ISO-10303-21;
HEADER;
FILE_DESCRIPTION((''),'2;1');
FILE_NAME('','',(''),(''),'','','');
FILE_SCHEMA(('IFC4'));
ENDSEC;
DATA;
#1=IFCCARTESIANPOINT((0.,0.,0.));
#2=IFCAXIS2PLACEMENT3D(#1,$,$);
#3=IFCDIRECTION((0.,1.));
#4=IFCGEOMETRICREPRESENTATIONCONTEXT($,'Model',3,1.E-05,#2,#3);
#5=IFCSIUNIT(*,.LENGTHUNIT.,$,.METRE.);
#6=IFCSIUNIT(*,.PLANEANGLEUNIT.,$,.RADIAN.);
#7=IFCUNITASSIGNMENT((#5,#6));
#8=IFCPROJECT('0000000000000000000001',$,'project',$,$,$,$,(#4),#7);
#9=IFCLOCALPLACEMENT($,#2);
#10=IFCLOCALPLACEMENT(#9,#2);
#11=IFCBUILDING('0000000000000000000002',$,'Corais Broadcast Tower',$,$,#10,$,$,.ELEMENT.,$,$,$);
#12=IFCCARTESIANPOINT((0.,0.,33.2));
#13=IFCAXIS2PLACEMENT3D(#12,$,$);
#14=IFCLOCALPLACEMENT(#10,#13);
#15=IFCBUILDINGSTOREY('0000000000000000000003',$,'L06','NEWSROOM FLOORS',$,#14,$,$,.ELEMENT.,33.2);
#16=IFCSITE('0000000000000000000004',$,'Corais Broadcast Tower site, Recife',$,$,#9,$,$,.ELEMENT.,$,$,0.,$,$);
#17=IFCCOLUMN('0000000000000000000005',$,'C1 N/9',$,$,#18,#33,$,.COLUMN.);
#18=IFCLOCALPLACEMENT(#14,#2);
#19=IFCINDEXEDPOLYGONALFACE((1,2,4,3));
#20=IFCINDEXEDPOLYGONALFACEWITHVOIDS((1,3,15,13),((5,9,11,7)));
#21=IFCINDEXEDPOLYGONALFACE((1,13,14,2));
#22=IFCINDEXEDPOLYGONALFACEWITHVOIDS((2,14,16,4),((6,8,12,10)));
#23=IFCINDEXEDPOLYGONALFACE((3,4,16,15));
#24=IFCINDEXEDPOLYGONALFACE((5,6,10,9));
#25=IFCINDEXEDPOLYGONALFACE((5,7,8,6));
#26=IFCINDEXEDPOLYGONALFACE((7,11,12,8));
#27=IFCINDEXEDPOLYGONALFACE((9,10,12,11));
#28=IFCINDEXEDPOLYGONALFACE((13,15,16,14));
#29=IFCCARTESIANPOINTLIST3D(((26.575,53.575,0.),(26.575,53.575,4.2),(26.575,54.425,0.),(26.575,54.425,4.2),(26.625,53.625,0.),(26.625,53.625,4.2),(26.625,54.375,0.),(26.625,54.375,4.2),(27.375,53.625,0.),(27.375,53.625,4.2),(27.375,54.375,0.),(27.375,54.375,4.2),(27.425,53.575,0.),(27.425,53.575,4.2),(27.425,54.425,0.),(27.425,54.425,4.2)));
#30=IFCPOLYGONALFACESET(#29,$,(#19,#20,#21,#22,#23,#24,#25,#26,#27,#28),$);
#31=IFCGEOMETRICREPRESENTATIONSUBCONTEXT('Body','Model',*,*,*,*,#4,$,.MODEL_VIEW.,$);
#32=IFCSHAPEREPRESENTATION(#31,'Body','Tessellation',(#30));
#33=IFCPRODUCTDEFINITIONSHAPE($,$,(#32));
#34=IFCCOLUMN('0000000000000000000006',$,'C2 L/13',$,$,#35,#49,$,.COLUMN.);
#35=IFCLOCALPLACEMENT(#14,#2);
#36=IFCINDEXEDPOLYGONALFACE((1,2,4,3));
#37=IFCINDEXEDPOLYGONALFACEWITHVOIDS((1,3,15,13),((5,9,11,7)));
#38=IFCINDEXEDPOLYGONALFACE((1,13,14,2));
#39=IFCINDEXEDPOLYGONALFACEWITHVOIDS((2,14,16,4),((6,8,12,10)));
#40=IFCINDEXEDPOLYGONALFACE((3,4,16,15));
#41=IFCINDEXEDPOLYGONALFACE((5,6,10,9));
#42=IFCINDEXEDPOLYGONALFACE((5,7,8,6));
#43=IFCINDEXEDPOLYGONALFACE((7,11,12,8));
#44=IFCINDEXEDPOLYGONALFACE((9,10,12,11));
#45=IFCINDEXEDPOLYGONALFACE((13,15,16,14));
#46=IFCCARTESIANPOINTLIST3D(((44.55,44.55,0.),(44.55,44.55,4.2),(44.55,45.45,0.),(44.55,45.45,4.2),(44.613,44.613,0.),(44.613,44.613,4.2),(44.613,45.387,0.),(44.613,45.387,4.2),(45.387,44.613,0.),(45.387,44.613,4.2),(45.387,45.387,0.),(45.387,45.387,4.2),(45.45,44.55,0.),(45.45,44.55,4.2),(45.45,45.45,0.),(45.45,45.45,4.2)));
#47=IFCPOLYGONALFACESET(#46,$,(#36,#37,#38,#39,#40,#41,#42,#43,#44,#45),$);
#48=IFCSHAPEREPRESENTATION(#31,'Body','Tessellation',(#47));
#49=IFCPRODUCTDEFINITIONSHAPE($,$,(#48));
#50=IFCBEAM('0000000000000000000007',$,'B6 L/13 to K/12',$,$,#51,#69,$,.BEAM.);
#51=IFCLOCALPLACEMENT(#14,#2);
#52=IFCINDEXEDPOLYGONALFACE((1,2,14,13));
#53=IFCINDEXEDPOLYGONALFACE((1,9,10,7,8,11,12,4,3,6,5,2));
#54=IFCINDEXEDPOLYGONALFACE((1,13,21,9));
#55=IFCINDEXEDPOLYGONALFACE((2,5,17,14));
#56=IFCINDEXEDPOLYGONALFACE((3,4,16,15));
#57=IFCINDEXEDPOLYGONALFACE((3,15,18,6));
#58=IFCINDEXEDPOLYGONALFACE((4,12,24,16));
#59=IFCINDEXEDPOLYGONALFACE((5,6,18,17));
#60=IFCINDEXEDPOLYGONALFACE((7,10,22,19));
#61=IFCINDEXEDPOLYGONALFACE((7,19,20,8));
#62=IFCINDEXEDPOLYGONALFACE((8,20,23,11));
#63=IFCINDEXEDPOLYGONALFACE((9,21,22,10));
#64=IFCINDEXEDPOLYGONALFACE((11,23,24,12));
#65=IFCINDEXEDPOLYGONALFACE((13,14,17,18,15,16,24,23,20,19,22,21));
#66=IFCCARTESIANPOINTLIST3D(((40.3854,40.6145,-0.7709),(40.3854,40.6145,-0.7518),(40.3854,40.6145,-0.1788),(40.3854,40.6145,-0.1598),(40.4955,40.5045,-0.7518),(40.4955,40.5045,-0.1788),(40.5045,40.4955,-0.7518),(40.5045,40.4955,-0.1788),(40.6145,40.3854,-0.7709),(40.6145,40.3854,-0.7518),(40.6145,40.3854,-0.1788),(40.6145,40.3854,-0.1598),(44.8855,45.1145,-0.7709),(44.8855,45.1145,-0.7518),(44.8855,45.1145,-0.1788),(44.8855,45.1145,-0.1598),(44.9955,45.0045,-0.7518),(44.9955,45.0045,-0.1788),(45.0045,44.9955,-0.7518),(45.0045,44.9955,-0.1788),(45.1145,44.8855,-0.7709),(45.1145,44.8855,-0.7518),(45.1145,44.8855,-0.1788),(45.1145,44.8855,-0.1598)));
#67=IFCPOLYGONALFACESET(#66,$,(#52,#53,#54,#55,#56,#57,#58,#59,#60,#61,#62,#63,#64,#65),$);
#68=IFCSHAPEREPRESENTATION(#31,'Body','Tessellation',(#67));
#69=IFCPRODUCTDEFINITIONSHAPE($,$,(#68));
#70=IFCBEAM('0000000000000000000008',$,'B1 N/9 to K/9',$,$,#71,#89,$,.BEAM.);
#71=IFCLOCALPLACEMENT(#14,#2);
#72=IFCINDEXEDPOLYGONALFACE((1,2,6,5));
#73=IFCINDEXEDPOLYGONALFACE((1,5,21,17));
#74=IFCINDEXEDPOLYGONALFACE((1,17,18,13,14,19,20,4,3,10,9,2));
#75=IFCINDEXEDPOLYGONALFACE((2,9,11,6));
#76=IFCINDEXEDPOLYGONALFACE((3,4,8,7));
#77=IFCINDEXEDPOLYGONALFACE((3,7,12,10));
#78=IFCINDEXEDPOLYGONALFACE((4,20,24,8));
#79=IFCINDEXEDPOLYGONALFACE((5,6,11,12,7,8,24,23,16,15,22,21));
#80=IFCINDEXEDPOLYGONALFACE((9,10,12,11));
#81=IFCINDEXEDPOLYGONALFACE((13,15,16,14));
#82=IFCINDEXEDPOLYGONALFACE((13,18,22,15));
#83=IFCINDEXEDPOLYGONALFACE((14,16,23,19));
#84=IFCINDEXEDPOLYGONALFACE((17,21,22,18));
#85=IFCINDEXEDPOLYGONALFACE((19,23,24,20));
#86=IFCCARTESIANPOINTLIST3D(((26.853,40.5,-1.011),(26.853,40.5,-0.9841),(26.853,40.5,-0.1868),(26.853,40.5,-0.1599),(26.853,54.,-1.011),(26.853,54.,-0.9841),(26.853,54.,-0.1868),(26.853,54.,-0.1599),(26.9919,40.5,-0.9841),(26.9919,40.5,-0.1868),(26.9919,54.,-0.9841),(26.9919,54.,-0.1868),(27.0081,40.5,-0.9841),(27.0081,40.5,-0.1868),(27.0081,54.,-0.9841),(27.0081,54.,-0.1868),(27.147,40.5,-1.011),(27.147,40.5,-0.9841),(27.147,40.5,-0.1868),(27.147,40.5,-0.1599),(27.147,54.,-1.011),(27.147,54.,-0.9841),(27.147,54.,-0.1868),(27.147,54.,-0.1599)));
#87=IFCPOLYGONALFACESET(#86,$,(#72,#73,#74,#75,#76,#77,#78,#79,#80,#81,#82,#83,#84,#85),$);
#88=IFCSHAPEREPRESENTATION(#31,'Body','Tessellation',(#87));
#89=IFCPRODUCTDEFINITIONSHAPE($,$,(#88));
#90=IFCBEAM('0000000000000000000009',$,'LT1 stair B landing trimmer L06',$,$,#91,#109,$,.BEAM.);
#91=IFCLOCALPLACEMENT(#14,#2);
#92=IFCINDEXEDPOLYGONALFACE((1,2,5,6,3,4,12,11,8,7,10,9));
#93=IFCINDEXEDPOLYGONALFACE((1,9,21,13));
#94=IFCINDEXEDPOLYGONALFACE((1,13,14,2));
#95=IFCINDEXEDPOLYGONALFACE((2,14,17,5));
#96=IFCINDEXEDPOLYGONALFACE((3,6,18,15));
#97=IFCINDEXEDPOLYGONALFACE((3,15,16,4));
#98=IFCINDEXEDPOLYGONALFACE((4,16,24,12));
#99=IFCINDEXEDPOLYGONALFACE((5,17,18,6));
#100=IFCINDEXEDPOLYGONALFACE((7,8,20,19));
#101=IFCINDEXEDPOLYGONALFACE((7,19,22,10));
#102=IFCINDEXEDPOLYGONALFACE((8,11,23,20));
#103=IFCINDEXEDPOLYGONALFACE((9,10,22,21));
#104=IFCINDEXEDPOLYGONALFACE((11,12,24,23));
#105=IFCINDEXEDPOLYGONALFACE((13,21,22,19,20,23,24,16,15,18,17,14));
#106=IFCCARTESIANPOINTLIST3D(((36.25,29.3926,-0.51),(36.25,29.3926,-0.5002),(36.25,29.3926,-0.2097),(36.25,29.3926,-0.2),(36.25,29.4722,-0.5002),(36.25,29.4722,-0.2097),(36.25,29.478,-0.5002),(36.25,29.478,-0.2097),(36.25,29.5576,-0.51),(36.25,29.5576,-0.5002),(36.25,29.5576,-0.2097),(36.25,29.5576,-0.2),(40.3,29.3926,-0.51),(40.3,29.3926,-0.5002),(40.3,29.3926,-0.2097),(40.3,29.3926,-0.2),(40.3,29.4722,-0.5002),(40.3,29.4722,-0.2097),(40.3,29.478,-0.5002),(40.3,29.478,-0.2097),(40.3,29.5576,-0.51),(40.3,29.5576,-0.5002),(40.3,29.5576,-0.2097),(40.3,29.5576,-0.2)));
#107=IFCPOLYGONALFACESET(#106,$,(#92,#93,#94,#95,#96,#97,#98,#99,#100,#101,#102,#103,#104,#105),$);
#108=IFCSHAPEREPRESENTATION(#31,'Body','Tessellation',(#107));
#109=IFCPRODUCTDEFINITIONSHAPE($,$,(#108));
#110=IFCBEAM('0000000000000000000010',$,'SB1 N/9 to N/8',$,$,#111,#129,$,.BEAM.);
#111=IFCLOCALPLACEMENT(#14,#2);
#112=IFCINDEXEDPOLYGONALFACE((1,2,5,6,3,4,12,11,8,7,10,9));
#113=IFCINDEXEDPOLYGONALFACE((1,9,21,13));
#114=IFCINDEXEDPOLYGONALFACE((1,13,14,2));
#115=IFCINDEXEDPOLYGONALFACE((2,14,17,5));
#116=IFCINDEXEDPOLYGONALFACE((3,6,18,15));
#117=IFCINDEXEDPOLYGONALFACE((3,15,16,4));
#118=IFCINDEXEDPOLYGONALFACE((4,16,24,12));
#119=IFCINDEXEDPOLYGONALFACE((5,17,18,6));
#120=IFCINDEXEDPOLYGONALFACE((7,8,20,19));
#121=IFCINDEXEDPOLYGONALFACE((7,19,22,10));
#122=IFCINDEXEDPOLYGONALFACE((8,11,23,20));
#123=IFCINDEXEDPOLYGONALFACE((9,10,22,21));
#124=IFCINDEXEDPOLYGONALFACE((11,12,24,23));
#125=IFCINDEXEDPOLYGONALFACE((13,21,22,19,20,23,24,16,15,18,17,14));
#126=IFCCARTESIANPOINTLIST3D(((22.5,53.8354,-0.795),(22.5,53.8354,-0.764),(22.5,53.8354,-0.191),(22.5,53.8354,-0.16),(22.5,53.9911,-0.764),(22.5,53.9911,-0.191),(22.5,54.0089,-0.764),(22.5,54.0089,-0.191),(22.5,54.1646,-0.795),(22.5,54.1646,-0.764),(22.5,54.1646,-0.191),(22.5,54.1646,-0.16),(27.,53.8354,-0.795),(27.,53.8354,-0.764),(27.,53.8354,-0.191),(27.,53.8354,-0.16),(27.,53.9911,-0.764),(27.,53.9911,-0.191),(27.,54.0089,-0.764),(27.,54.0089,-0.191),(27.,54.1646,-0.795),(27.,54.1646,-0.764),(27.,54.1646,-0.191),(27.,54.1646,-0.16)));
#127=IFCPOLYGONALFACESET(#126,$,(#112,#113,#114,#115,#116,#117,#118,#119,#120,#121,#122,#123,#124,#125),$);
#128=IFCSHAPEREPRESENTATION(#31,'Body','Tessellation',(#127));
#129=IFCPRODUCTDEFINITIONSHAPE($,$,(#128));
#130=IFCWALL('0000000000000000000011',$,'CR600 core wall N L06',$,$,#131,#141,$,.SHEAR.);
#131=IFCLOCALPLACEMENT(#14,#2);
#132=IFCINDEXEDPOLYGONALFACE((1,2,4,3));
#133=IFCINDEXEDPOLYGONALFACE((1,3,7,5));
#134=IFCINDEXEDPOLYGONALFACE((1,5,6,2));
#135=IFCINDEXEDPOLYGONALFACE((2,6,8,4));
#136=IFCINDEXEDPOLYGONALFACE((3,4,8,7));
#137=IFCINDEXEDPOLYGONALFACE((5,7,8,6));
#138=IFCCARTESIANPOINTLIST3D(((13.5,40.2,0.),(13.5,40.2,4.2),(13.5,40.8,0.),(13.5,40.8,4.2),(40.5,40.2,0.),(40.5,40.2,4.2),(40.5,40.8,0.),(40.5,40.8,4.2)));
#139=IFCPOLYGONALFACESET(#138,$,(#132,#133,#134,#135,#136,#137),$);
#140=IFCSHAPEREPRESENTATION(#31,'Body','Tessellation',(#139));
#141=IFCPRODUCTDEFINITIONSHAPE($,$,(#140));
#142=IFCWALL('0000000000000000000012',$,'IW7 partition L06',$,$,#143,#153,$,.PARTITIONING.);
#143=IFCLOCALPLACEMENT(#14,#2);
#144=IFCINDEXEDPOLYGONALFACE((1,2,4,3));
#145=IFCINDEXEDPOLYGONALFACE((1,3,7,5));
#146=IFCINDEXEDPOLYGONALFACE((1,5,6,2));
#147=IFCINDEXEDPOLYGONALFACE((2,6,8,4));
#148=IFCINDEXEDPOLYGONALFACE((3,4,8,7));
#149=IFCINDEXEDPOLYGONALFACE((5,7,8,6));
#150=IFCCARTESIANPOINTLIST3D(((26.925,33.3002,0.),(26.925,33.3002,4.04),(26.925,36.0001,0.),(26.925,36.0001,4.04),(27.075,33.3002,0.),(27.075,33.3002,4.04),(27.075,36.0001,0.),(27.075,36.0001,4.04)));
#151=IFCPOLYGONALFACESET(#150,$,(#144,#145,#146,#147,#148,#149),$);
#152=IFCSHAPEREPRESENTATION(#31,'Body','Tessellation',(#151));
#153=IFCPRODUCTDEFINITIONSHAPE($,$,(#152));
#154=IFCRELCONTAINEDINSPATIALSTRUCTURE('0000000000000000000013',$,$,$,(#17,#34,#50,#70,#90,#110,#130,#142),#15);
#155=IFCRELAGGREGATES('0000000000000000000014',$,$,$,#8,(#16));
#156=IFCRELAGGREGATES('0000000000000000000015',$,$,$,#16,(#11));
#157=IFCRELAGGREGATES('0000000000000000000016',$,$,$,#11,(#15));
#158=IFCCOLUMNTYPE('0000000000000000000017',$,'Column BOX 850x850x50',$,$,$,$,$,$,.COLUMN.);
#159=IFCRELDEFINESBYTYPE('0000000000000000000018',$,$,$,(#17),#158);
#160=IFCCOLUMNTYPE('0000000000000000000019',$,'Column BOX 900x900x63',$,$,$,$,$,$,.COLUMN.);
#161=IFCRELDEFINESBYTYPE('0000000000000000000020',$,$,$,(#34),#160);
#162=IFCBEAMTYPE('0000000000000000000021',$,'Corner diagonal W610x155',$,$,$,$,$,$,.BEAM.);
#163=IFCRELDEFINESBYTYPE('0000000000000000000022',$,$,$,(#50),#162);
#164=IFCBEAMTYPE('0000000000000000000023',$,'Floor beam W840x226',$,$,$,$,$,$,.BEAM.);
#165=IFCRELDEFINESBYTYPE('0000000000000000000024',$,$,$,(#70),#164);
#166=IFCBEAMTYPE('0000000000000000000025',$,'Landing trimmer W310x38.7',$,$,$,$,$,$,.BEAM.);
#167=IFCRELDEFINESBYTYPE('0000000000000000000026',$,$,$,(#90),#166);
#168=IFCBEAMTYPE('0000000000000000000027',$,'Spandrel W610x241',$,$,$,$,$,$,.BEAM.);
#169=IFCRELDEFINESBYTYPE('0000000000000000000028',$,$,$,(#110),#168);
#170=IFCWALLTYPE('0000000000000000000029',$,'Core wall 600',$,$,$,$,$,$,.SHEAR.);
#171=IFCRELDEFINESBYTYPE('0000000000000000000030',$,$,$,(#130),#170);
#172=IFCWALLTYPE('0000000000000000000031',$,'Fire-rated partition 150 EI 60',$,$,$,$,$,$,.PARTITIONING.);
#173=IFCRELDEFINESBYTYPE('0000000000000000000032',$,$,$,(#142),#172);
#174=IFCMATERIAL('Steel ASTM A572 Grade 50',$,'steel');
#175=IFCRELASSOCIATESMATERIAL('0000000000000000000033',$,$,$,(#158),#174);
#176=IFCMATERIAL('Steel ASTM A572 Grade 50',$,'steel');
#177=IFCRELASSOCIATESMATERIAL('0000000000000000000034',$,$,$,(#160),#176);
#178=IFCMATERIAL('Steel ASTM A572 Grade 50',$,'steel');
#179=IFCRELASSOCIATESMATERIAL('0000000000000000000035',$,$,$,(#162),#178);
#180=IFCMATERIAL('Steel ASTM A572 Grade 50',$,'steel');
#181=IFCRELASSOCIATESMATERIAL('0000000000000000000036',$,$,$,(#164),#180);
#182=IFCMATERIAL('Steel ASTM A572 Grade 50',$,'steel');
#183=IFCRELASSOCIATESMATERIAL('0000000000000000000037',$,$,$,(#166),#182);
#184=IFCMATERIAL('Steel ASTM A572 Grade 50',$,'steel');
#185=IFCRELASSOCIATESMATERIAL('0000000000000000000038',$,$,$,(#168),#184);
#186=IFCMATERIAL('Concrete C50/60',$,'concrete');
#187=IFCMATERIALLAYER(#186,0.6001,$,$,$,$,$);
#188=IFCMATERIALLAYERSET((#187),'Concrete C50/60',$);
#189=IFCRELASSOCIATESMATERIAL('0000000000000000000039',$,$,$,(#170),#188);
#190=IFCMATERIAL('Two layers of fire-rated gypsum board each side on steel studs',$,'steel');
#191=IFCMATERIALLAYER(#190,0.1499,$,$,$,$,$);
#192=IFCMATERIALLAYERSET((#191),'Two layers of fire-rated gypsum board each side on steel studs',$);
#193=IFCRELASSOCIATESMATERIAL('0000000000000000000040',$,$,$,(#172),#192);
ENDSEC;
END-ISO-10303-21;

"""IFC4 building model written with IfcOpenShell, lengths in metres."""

from ifc_helpers import new_model, si_unit, direction, frame, frame_2d, origin, origin_2d, place, context, subcontext, project, spatial, rectangle, hollow_rectangle, i_section, extrude, material, layer, layer_set, material_profile, profile_set, type_object, element, save


model = new_model("IFC4")

# Units and contexts
model_context = context("Model", 3, precision=1e-05, world=origin(), true_north=direction((0.0, 1.0)))
body_context = subcontext(model_context, "Body", "Model", "MODEL_VIEW")
ifc_project = project(units=[si_unit("LENGTHUNIT", "METRE"), si_unit("PLANEANGLEUNIT", "RADIAN")], contexts=[model_context])

# Site, building, storey
site_placement = place(None, origin())
site = spatial("IfcSite", under=ifc_project, at=site_placement, Name="Corais Broadcast Tower site, Recife", CompositionType="ELEMENT", RefElevation=0.0)
building_placement = place(site_placement, origin())
building = spatial("IfcBuilding", under=site, at=building_placement, Name="Corais Broadcast Tower", CompositionType="ELEMENT")
storey_placement = place(building_placement, frame((0.0, 0.0, 33.2)))
storey = spatial("IfcBuildingStorey", under=building, at=storey_placement, Name="L06", Description="NEWSROOM FLOORS", CompositionType="ELEMENT", Elevation=33.2)

# Columns
ifc_material_1 = material(Name="Steel ASTM A572 Grade 50", Category="steel")
ifc_material_profile_1 = material_profile(ifc_material_1, hollow_rectangle(XDim=0.8501, YDim=0.8501, WallThickness=0.05, at=origin_2d()), Name="BOX 850x850x50")
ifc_profile_set_1 = profile_set([ifc_material_profile_1], Name="Steel ASTM A572 Grade 50")
column_type_1 = type_object("IfcColumnType", Name="Column BOX 850x850x50", PredefinedType="COLUMN", material=ifc_profile_set_1)
column_1_placement = place(storey_placement, frame((27.0, 54.0, 0.0), z_axis=(0.0, 0.0, 1.0), x_axis=(1.0, 0.0, 0.0)))
element("IfcColumn", 1, at=column_1_placement, inside=storey, type_object=column_type_1, Name="C1 N/9", PredefinedType="COLUMN", context=body_context, shape_type="SweptSolid", body=[
    extrude(hollow_rectangle(XDim=0.8501, YDim=0.8501, WallThickness=0.05, at=origin_2d()), origin(), (0.0, 0.0, 1.0), 4.2),
])
ifc_material_2 = material(Name="Steel ASTM A572 Grade 50", Category="steel")
ifc_material_profile_2 = material_profile(ifc_material_2, hollow_rectangle(XDim=0.8999, YDim=0.8999, WallThickness=0.063, at=origin_2d()), Name="BOX 900x900x63")
ifc_profile_set_2 = profile_set([ifc_material_profile_2], Name="Steel ASTM A572 Grade 50")
column_type_2 = type_object("IfcColumnType", Name="Column BOX 900x900x63", PredefinedType="COLUMN", material=ifc_profile_set_2)
column_2_placement = place(storey_placement, frame((45.0, 45.0, 0.0), z_axis=(0.0, 0.0, 1.0), x_axis=(1.0, 0.0, 0.0)))
element("IfcColumn", 2, at=column_2_placement, inside=storey, type_object=column_type_2, Name="C2 L/13", PredefinedType="COLUMN", context=body_context, shape_type="SweptSolid", body=[
    extrude(hollow_rectangle(XDim=0.8999, YDim=0.8999, WallThickness=0.063, at=origin_2d()), origin(), (0.0, 0.0, 1.0), 4.2),
])

# Beams
ifc_material_3 = material(Name="Steel ASTM A572 Grade 50", Category="steel")
ifc_material_profile_3 = material_profile(ifc_material_3, i_section(OverallWidth=0.324, OverallDepth=0.6111, WebThickness=0.0127, FlangeThickness=0.019, at=origin_2d()), Name="W610x155")
ifc_profile_set_3 = profile_set([ifc_material_profile_3], Name="Steel ASTM A572 Grade 50")
beam_type_1 = type_object("IfcBeamType", Name="Corner diagonal W610x155", PredefinedType="BEAM", material=ifc_profile_set_3)
beam_1_placement = place(storey_placement, frame((45.0, 45.0, -0.4653), z_axis=(-0.707107, -0.707107, 0.0), x_axis=(0.707107, -0.707107, 0.0)))
element("IfcBeam", 3, at=beam_1_placement, inside=storey, type_object=beam_type_1, Name="B6 L/13 to K/12", PredefinedType="BEAM", context=body_context, shape_type="SweptSolid", body=[
    extrude(i_section(OverallWidth=0.324, OverallDepth=0.6111, WebThickness=0.0127, FlangeThickness=0.019, at=origin_2d()), origin(), (0.0, 0.0, 1.0), 6.364),
])
ifc_material_4 = material(Name="Steel ASTM A572 Grade 50", Category="steel")
ifc_material_profile_4 = material_profile(ifc_material_4, i_section(OverallWidth=0.2939, OverallDepth=0.8511, WebThickness=0.0161, FlangeThickness=0.0269, at=origin_2d()), Name="W840x226")
ifc_profile_set_4 = profile_set([ifc_material_profile_4], Name="Steel ASTM A572 Grade 50")
beam_type_2 = type_object("IfcBeamType", Name="Floor beam W840x226", PredefinedType="BEAM", material=ifc_profile_set_4)
beam_2_placement = place(storey_placement, frame((27.0, 54.0, -0.5854), z_axis=(0.0, -1.0, 0.0), x_axis=(1.0, 0.0, 0.0)))
element("IfcBeam", 4, at=beam_2_placement, inside=storey, type_object=beam_type_2, Name="B1 N/9 to K/9", PredefinedType="BEAM", context=body_context, shape_type="SweptSolid", body=[
    extrude(i_section(OverallWidth=0.2939, OverallDepth=0.8511, WebThickness=0.0161, FlangeThickness=0.0269, at=origin_2d()), origin(), (0.0, 0.0, 1.0), 13.5),
])
ifc_material_5 = material(Name="Steel ASTM A572 Grade 50", Category="steel")
ifc_material_profile_5 = material_profile(ifc_material_5, i_section(OverallWidth=0.165, OverallDepth=0.3101, WebThickness=0.0059, FlangeThickness=0.0098, at=origin_2d()), Name="W310x38.7")
ifc_profile_set_5 = profile_set([ifc_material_profile_5], Name="Steel ASTM A572 Grade 50")
beam_type_3 = type_object("IfcBeamType", Name="Landing trimmer W310x38.7", PredefinedType="BEAM", material=ifc_profile_set_5)
beam_3_placement = place(storey_placement, frame((36.25, 29.4751, -0.355), z_axis=(1.0, 0.0, 0.0), x_axis=(0.0, 1.0, 0.0)))
element("IfcBeam", 5, at=beam_3_placement, inside=storey, type_object=beam_type_3, Name="LT1 stair B landing trimmer L06", PredefinedType="BEAM", context=body_context, shape_type="SweptSolid", body=[
    extrude(i_section(OverallWidth=0.165, OverallDepth=0.3101, WebThickness=0.0059, FlangeThickness=0.0098, at=origin_2d()), origin(), (0.0, 0.0, 1.0), 4.05),
])
ifc_material_6 = material(Name="Steel ASTM A572 Grade 50", Category="steel")
ifc_material_profile_6 = material_profile(ifc_material_6, i_section(OverallWidth=0.3291, OverallDepth=0.635, WebThickness=0.0178, FlangeThickness=0.031, at=origin_2d()), Name="W610x241")
ifc_profile_set_6 = profile_set([ifc_material_profile_6], Name="Steel ASTM A572 Grade 50")
beam_type_4 = type_object("IfcBeamType", Name="Spandrel W610x241", PredefinedType="BEAM", material=ifc_profile_set_6)
beam_4_placement = place(storey_placement, frame((27.0, 54.0, -0.4775), z_axis=(-1.0, 0.0, 0.0), x_axis=(0.0, -1.0, 0.0)))
element("IfcBeam", 6, at=beam_4_placement, inside=storey, type_object=beam_type_4, Name="SB1 N/9 to N/8", PredefinedType="BEAM", context=body_context, shape_type="SweptSolid", body=[
    extrude(i_section(OverallWidth=0.3291, OverallDepth=0.635, WebThickness=0.0178, FlangeThickness=0.031, at=origin_2d()), origin(), (0.0, 0.0, 1.0), 4.5),
])

# Walls
ifc_material_7 = material(Name="Concrete C50/60", Category="concrete")
ifc_layer_1 = layer(ifc_material_7, 0.6001)
ifc_layer_set_1 = layer_set([ifc_layer_1], Name="Concrete C50/60")
wall_type_1 = type_object("IfcWallType", Name="Core wall 600", PredefinedType="SHEAR", material=ifc_layer_set_1)
wall_1_placement = place(storey_placement, frame((40.5, 40.5, 0.0), z_axis=(0.0, 0.0, 1.0), x_axis=(-1.0, 0.0, 0.0)))
element("IfcWall", 7, at=wall_1_placement, inside=storey, type_object=wall_type_1, Name="CR600 core wall N L06", PredefinedType="SHEAR", context=body_context, shape_type="SweptSolid", body=[
    extrude(rectangle(XDim=27.0, YDim=0.6001, at=frame_2d((13.5, 0.0))), origin(), (0.0, 0.0, 1.0), 4.2),
])
ifc_material_8 = material(Name="Two layers of fire-rated gypsum board each side on steel studs", Category="steel")
ifc_layer_2 = layer(ifc_material_8, 0.1499)
ifc_layer_set_2 = layer_set([ifc_layer_2], Name="Two layers of fire-rated gypsum board each side on steel studs")
wall_type_2 = type_object("IfcWallType", Name="Fire-rated partition 150 EI 60", PredefinedType="PARTITIONING", material=ifc_layer_set_2)
wall_2_placement = place(storey_placement, frame((27.0, 33.3, 0.0), z_axis=(0.0, 0.0, 1.0), x_axis=(0.0, 1.0, 0.0)))
element("IfcWall", 8, at=wall_2_placement, inside=storey, type_object=wall_type_2, Name="IW7 partition L06", PredefinedType="PARTITIONING", context=body_context, shape_type="SweptSolid", body=[
    extrude(rectangle(XDim=2.7, YDim=0.1499, at=frame_2d((1.3501, 0.0))), origin(), (0.0, 0.0, 1.0), 4.04),
])

save(model, "model.ifc")
